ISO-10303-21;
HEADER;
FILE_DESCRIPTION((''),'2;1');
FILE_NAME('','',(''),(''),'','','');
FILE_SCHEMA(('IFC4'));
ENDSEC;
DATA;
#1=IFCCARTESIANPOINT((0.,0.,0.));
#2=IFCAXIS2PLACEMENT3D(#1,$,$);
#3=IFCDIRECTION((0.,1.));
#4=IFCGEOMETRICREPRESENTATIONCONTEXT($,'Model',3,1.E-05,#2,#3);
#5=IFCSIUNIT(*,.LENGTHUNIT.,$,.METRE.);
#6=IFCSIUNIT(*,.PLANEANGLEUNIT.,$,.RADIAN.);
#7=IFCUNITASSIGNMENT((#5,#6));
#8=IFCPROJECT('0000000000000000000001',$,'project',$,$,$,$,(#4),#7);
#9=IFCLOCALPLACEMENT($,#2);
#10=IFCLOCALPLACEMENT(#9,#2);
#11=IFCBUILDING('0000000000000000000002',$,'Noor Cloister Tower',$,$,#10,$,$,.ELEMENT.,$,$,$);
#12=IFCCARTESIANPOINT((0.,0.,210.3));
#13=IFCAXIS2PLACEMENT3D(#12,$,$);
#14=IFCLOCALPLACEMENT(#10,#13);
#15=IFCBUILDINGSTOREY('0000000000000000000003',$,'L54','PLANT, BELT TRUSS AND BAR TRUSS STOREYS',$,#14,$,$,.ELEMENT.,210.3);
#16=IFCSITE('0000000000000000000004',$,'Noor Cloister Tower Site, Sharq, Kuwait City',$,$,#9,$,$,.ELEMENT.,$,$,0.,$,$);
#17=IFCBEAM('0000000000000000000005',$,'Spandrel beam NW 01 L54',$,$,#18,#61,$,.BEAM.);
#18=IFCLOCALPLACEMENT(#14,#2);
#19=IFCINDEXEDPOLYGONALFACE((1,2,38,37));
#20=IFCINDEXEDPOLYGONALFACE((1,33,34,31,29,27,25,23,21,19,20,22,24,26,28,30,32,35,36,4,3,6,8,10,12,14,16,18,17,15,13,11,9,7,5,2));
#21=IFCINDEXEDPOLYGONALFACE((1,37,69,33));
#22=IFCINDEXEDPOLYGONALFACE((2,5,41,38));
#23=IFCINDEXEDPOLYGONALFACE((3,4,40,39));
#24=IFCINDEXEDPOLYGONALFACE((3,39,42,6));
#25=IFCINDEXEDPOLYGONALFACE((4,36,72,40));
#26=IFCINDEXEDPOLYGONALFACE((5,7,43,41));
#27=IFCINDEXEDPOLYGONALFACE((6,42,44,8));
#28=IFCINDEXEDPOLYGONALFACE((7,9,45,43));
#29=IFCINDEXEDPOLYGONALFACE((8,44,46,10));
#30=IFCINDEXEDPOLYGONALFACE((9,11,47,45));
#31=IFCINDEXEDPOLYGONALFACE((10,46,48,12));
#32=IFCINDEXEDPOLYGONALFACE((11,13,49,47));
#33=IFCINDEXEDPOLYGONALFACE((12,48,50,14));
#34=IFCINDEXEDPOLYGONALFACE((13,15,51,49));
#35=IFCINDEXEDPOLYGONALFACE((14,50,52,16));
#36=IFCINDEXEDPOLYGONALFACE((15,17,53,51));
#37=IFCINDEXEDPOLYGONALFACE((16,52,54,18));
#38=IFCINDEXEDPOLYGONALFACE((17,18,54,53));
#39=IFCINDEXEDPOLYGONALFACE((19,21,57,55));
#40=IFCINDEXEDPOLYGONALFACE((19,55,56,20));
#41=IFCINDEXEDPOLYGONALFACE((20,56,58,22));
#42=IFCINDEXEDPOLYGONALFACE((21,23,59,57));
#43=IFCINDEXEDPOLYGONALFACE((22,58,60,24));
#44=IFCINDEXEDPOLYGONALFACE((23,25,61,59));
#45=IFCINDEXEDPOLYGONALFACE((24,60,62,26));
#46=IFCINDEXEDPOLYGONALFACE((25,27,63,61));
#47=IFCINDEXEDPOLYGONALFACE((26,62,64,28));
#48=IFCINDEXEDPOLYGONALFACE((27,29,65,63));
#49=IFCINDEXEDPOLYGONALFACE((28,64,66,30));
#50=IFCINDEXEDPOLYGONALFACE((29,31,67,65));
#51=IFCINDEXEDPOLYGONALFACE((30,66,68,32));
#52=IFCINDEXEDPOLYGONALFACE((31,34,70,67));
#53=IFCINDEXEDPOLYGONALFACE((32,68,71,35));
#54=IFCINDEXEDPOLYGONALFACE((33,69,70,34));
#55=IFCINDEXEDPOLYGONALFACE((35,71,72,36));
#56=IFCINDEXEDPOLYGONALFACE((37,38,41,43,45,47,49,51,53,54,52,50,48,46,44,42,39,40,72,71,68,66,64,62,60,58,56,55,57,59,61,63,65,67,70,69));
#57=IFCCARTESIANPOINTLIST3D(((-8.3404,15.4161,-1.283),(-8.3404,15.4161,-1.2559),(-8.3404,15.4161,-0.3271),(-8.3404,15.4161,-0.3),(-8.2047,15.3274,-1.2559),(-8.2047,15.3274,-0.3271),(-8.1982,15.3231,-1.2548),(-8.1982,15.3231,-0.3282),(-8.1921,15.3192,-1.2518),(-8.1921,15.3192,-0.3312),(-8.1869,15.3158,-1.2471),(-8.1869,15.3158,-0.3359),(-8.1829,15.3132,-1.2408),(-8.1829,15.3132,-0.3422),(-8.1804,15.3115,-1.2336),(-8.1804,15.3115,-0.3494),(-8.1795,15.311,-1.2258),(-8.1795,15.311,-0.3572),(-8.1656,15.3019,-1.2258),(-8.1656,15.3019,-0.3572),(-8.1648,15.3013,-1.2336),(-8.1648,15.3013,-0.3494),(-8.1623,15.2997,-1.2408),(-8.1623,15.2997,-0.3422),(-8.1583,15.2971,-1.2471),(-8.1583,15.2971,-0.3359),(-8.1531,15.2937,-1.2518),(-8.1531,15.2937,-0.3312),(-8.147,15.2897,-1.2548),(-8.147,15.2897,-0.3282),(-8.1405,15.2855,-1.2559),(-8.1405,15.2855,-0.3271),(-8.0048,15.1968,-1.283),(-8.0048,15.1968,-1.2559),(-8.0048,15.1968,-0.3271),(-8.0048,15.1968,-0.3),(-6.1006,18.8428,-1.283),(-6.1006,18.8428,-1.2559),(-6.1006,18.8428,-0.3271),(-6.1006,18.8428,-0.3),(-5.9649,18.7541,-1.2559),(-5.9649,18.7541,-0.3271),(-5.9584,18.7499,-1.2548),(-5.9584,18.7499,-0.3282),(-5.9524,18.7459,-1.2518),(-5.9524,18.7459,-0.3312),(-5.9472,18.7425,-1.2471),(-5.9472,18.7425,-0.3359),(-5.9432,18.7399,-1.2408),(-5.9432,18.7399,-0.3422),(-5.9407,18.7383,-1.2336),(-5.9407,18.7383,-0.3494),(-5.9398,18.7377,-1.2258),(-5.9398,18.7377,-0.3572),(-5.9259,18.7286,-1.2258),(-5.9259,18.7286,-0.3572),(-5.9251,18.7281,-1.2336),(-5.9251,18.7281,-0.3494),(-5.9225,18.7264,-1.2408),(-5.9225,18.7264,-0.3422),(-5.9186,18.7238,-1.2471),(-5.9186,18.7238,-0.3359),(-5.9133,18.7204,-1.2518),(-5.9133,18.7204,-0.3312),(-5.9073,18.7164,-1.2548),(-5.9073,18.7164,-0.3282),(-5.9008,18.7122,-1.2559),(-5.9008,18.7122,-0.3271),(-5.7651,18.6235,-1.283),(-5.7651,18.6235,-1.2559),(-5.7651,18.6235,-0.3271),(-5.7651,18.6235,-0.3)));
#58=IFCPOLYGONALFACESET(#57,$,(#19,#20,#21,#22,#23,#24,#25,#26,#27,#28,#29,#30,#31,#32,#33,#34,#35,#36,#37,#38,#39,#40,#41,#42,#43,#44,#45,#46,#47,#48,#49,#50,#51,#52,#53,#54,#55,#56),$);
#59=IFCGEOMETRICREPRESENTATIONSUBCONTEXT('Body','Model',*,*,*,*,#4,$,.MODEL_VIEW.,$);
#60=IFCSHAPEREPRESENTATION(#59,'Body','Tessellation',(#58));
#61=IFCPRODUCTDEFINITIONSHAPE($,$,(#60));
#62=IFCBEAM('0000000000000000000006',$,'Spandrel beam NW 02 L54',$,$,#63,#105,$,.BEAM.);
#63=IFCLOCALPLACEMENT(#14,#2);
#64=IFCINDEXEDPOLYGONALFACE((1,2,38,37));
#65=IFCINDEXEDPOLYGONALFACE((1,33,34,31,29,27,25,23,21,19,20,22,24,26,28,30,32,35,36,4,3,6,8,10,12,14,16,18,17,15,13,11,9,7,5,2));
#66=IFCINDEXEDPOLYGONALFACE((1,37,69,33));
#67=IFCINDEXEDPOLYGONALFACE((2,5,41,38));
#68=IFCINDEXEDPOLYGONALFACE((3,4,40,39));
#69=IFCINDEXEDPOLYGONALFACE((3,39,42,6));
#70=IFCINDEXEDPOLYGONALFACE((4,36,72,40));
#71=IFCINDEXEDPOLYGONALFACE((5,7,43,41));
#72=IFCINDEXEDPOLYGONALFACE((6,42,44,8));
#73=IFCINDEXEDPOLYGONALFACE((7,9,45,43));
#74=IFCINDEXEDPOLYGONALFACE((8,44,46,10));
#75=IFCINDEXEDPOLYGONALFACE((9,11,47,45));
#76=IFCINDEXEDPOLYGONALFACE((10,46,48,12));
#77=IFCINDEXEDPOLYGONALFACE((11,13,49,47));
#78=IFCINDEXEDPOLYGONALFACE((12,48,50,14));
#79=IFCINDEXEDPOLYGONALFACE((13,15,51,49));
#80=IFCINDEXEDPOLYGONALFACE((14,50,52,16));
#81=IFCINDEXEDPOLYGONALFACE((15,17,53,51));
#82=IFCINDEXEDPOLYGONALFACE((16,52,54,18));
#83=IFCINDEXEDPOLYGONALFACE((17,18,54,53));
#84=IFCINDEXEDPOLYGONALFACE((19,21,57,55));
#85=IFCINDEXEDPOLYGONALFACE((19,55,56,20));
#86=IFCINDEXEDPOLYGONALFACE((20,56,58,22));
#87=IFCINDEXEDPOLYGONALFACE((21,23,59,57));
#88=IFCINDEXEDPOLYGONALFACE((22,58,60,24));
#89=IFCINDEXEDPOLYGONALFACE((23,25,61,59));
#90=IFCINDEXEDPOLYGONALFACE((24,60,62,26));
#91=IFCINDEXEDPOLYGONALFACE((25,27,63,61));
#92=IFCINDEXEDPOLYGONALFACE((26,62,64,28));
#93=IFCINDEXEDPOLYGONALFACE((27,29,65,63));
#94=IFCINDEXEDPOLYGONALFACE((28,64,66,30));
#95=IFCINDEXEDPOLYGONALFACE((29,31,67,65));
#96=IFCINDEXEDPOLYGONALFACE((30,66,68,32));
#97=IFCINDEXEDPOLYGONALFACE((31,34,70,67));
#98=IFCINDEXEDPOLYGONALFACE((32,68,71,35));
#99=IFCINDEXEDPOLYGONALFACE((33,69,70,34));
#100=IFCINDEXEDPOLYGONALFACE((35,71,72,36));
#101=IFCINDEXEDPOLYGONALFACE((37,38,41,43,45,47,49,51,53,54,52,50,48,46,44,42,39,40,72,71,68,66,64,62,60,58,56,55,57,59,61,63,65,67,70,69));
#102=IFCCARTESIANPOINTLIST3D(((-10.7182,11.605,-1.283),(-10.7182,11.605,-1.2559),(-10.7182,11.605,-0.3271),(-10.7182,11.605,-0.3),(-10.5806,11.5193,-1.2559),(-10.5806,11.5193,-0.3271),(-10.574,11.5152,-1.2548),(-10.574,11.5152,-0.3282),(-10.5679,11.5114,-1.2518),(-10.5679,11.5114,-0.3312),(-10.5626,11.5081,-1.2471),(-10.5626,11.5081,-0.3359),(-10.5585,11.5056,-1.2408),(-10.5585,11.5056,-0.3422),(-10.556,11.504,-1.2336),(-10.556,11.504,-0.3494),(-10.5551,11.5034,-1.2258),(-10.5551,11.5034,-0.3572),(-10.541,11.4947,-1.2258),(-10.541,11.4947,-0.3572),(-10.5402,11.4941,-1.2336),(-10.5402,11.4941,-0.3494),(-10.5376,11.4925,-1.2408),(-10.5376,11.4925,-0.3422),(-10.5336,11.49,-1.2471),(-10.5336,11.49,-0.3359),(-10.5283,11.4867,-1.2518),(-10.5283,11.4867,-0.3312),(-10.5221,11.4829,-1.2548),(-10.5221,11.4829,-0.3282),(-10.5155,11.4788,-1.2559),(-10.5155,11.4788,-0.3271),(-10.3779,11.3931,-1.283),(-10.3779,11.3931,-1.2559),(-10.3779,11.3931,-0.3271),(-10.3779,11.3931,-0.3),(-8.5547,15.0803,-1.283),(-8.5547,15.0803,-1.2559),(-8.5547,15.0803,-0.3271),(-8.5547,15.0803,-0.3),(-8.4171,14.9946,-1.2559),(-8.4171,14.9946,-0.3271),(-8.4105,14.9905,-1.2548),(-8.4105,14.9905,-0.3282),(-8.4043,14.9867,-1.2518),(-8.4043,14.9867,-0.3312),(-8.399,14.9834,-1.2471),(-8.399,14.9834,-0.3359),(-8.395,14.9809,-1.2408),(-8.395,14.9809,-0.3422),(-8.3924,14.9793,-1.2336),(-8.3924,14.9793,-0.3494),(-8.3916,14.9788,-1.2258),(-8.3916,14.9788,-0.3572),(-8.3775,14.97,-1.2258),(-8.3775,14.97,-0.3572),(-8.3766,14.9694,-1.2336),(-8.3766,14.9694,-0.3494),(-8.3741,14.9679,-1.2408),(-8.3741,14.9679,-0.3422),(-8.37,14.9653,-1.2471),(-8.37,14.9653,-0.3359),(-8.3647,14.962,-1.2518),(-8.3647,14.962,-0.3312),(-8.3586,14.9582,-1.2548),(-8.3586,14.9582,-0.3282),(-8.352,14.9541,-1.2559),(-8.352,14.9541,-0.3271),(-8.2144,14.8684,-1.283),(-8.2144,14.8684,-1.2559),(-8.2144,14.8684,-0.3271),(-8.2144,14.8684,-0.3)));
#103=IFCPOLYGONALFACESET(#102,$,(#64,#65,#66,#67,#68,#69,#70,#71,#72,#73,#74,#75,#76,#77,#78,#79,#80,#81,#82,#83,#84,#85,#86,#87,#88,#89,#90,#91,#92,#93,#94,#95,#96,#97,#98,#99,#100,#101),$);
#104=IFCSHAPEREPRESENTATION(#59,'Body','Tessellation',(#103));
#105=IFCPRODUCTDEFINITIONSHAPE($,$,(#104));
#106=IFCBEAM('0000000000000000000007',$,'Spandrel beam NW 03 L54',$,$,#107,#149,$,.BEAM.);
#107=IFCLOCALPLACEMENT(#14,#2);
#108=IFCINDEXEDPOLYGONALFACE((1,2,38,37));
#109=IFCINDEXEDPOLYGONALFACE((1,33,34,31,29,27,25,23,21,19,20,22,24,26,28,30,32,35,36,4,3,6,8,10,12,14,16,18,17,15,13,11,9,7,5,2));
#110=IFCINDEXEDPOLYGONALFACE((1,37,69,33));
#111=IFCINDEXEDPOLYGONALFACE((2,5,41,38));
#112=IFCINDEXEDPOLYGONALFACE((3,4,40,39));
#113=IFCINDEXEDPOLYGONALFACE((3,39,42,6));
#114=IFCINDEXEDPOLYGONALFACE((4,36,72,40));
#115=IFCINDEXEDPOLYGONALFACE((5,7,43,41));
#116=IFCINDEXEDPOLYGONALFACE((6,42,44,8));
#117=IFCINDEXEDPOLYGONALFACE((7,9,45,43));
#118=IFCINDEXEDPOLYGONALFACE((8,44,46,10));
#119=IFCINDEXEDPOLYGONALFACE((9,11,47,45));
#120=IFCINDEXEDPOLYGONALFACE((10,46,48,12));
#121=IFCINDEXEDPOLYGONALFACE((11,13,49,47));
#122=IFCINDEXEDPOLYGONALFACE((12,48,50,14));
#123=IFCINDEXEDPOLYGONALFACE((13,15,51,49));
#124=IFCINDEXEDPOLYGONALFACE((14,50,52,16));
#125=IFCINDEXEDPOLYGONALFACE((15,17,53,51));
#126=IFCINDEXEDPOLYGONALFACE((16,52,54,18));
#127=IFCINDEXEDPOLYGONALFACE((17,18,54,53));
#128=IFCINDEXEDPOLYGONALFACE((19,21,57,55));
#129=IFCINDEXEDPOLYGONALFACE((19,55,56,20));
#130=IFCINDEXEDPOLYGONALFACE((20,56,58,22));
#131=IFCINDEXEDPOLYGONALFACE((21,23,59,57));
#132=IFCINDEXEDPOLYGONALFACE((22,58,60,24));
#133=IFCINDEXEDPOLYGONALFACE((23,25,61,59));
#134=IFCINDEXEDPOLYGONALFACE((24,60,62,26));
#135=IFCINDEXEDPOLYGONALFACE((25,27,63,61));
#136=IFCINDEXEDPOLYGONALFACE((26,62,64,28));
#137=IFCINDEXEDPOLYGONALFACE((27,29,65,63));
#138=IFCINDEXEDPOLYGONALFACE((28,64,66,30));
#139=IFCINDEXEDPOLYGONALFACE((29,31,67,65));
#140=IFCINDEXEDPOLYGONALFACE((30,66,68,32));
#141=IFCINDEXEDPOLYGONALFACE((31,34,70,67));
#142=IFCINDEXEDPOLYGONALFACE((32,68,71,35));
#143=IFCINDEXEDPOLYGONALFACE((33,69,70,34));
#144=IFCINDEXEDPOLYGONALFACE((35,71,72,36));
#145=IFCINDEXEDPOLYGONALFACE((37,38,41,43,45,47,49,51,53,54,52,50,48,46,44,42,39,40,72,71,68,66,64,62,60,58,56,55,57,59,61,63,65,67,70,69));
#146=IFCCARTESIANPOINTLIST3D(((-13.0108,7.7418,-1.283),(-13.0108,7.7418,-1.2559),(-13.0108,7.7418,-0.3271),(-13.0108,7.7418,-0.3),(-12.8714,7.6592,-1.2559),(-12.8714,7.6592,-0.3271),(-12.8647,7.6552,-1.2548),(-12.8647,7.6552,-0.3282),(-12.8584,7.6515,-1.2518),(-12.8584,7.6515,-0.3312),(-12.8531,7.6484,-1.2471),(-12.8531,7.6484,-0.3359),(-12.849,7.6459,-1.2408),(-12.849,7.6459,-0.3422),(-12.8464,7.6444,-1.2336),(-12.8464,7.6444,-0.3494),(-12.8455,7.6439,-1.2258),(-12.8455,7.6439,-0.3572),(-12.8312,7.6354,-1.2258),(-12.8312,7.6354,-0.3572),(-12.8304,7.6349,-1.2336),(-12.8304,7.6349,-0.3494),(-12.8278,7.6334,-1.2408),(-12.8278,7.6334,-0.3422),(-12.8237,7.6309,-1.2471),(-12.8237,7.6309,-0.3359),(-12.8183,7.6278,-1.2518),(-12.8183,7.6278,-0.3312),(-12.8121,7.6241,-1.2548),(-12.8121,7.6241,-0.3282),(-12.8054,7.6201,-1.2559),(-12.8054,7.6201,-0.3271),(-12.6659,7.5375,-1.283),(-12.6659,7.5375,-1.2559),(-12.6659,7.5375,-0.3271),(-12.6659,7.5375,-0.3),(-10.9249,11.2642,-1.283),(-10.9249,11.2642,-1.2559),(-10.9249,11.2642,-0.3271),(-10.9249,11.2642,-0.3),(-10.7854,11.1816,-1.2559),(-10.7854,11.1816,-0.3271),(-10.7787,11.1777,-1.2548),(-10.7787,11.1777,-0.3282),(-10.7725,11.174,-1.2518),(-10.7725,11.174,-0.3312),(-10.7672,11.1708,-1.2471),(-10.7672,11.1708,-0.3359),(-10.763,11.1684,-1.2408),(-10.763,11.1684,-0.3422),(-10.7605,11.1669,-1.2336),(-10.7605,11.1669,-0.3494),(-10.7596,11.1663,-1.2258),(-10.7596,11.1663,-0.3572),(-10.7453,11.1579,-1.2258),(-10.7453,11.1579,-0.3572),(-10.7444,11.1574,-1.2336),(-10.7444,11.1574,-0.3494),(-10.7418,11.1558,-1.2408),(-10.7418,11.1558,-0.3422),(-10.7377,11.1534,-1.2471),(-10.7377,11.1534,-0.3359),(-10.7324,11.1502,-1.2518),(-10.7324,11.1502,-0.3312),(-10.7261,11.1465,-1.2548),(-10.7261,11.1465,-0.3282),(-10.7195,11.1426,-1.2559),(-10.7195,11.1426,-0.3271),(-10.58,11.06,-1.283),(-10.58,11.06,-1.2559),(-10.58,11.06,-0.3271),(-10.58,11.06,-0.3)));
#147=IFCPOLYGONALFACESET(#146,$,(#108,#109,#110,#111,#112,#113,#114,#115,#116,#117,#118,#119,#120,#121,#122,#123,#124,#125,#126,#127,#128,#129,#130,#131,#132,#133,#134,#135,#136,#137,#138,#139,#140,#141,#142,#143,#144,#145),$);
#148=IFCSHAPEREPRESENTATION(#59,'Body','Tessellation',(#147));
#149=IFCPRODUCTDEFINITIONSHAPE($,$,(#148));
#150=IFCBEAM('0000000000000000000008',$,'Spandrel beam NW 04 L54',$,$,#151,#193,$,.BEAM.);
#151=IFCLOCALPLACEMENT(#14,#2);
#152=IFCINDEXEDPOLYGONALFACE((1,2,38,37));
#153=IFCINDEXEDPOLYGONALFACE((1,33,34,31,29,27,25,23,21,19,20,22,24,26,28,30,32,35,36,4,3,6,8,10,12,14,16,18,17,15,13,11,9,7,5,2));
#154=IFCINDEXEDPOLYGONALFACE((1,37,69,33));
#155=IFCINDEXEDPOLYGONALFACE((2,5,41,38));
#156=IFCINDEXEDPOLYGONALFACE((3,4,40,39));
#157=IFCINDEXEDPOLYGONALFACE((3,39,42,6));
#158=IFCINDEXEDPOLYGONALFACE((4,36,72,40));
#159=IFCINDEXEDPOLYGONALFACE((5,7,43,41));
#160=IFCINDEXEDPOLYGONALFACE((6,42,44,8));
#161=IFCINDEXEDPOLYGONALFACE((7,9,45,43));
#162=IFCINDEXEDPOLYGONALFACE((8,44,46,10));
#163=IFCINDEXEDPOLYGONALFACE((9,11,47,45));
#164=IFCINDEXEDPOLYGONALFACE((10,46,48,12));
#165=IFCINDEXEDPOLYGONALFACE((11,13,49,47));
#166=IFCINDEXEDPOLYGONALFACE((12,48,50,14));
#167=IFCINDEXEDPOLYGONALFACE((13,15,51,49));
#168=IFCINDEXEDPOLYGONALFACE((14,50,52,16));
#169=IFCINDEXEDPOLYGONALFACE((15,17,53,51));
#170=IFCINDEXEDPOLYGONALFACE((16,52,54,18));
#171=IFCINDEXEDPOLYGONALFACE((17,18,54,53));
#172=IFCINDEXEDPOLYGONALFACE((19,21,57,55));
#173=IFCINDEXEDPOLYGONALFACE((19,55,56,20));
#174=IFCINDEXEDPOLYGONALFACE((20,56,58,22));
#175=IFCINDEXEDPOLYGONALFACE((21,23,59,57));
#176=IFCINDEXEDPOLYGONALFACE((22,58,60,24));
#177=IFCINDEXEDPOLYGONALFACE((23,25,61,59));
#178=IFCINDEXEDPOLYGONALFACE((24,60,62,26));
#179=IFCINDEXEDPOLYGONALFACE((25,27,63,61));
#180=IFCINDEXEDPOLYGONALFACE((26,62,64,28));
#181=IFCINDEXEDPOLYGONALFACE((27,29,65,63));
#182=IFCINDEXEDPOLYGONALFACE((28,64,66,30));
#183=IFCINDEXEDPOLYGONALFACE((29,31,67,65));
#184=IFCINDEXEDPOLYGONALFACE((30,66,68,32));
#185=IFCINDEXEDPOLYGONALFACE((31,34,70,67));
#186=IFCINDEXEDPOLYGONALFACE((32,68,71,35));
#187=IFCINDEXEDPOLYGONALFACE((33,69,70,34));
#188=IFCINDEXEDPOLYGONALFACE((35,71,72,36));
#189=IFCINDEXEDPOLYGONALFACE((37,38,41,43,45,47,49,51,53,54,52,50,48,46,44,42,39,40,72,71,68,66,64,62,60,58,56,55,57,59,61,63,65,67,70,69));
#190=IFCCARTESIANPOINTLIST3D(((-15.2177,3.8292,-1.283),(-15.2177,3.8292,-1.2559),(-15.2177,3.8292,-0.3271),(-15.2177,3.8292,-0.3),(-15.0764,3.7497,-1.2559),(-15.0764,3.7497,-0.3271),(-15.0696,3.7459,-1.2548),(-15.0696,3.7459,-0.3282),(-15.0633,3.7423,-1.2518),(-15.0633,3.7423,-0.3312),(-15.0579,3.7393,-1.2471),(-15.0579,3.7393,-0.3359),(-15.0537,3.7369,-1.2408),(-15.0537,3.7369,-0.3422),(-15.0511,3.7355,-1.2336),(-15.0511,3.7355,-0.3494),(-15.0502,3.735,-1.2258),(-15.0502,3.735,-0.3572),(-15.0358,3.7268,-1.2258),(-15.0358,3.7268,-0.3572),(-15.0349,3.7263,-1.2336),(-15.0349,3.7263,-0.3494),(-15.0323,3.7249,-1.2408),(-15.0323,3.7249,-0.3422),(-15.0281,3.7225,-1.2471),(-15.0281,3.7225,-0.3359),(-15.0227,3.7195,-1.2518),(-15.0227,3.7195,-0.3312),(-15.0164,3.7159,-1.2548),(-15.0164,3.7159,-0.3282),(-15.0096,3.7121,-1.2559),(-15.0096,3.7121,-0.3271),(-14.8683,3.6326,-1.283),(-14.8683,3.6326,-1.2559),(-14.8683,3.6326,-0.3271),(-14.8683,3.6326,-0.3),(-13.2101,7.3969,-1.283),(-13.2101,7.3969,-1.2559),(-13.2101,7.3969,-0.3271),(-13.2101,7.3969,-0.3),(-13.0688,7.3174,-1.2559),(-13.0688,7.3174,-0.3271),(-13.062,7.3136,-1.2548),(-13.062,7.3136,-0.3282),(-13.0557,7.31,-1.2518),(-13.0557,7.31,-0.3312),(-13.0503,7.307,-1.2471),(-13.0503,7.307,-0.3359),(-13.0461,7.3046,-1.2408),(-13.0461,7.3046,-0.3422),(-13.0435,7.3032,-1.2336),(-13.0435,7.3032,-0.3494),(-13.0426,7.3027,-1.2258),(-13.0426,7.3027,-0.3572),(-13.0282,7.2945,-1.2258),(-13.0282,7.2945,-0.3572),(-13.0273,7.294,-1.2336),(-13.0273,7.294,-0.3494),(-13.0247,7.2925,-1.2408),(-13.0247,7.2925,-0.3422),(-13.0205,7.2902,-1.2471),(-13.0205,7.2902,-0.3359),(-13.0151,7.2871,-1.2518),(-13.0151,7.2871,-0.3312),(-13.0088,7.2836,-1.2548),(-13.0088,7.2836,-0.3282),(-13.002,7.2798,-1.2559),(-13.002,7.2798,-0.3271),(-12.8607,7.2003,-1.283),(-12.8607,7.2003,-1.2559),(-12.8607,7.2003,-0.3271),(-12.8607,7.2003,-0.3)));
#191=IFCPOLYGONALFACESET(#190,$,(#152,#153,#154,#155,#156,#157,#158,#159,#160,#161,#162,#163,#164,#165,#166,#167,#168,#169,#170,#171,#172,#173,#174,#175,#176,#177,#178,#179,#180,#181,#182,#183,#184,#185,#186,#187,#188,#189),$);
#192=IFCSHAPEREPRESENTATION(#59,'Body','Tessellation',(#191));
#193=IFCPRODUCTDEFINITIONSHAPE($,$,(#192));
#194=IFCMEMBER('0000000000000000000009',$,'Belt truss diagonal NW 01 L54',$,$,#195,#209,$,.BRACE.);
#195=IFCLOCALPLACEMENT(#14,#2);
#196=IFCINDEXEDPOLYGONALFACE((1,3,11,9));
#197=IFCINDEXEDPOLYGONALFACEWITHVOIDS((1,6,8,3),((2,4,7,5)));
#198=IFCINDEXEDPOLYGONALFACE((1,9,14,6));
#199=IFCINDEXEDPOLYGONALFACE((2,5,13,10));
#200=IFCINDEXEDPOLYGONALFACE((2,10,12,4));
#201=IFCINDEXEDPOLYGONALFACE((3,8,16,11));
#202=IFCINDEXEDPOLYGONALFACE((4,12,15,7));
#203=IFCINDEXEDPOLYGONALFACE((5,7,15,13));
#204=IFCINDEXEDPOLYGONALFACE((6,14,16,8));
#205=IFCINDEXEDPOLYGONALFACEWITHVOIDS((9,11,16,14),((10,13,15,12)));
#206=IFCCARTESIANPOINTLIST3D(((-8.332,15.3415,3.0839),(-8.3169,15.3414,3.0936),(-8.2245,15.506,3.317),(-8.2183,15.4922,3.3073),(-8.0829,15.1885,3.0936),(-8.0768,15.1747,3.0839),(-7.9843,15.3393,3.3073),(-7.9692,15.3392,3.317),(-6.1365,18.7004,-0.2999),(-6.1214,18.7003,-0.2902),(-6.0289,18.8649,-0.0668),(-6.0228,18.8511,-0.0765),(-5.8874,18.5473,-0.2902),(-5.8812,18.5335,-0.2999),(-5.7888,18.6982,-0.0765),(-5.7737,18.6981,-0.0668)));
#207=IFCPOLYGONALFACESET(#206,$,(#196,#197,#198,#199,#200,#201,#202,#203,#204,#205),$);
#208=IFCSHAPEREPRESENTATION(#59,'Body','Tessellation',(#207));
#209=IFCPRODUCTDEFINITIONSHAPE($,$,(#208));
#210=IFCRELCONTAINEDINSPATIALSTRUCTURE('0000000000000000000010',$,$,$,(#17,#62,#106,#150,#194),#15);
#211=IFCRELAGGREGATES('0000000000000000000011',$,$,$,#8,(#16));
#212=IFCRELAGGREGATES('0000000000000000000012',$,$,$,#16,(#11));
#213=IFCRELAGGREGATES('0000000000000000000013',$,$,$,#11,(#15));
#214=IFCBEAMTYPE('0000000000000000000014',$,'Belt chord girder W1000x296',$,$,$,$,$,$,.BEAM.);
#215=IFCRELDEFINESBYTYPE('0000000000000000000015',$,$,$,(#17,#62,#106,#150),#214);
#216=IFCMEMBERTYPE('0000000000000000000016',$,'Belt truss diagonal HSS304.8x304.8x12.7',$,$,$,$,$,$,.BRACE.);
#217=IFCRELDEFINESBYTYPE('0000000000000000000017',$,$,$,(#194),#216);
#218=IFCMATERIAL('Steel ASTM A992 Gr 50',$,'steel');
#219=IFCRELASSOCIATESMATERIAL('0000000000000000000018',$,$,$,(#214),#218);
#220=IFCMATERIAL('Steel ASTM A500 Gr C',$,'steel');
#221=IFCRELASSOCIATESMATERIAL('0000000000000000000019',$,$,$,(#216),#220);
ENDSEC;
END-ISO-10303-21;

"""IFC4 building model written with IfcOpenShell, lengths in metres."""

from ifc_helpers import new_model, si_unit, direction, frame, origin, origin_2d, place, context, subcontext, project, spatial, hollow_rectangle, i_section, extrude, material, material_profile, profile_set, type_object, element, save


model = new_model("IFC4")

# Units and contexts
model_context = context("Model", 3, precision=1e-05, world=origin(), true_north=direction((0.0, 1.0)))
body_context = subcontext(model_context, "Body", "Model", "MODEL_VIEW")
ifc_project = project(units=[si_unit("LENGTHUNIT", "METRE"), si_unit("PLANEANGLEUNIT", "RADIAN")], contexts=[model_context])

# Site, building, storey
site_placement = place(None, origin())
site = spatial("IfcSite", under=ifc_project, at=site_placement, Name="Noor Cloister Tower Site, Sharq, Kuwait City", CompositionType="ELEMENT", RefElevation=0.0)
building_placement = place(site_placement, origin())
building = spatial("IfcBuilding", under=site, at=building_placement, Name="Noor Cloister Tower", CompositionType="ELEMENT")
storey_placement = place(building_placement, frame((0.0, 0.0, 210.3)))
storey = spatial("IfcBuildingStorey", under=building, at=storey_placement, Name="L54", Description="PLANT, BELT TRUSS AND BAR TRUSS STOREYS", CompositionType="ELEMENT", Elevation=210.3)

# Beams
ifc_material_1 = material(Name="Steel ASTM A992 Gr 50", Category="steel")
ifc_material_profile_1 = material_profile(ifc_material_1, i_section(OverallWidth=0.4009, OverallDepth=0.9829, WebThickness=0.0166, FlangeThickness=0.0271, FilletRadius=0.03, at=origin_2d()), Name="W1000x296")
ifc_profile_set_1 = profile_set([ifc_material_profile_1], Name="Steel ASTM A992 Gr 50")
beam_type_1 = type_object("IfcBeamType", Name="Belt chord girder W1000x296", PredefinedType="BEAM", material=ifc_profile_set_1)
for number, where, z_axis, x_axis, name in (
    (1, (-5.9329, 18.7332, -0.7915), (-0.547108, -0.837062, 0.0), (0.837062, -0.547108, 0.0), "Spandrel beam NW 01 L54"),
    (2, (-8.3845, 14.9744, -0.7915), (-0.528503, -0.848932, 0.0), (0.848932, -0.528503, 0.0), "Spandrel beam NW 02 L54"),
    (3, (-10.7524, 11.1621, -0.7915), (-0.509541, -0.860446, 0.0), (0.860446, -0.509541, 0.0), "Spandrel beam NW 03 L54"),
    (4, (-13.0354, 7.2986, -0.7915), (-0.490406, -0.871494, 0.0), (0.871494, -0.490406, 0.0), "Spandrel beam NW 04 L54"),
):
    element("IfcBeam", number, at=place(storey_placement, frame(where, z_axis=z_axis, x_axis=x_axis)), inside=storey, type_object=beam_type_1, Name=name, PredefinedType="BEAM", context=body_context, shape_type="SweptSolid", body=[
        extrude(i_section(OverallWidth=0.4009, OverallDepth=0.9829, WebThickness=0.0166, FlangeThickness=0.0271, FilletRadius=0.03, at=origin_2d()), origin(), (0.0, 0.0, 1.0), 4.0938),
    ])

# Member
ifc_material_2 = material(Name="Steel ASTM A500 Gr C", Category="steel")
ifc_material_profile_2 = material_profile(ifc_material_2, hollow_rectangle(XDim=0.3049, YDim=0.3049, WallThickness=0.0127, at=origin_2d()), Name="HSS304.8x304.8x12.7")
ifc_profile_set_2 = profile_set([ifc_material_profile_2], Name="Steel ASTM A500 Gr C")
member_type = type_object("IfcMemberType", Name="Belt truss diagonal HSS304.8x304.8x12.7", PredefinedType="BRACE", material=ifc_profile_set_2)
for number, where, z_axis, x_axis, name in (
    (5, (-5.9551, 18.6992, -0.1833), (-0.418276, -0.639903, 0.644647), (0.837042, -0.547138, 0.0), "Belt truss diagonal NW 01 L54"),
):
    element("IfcMember", number, at=place(storey_placement, frame(where, z_axis=z_axis, x_axis=x_axis)), inside=storey, type_object=member_type, Name=name, PredefinedType="BRACE", context=body_context, shape_type="SweptSolid", body=[
        extrude(hollow_rectangle(XDim=0.3049, YDim=0.3049, WallThickness=0.0127, at=origin_2d()), origin(), (0.0, 0.0, 1.0), 5.249),
    ])

save(model, "model.ifc")
